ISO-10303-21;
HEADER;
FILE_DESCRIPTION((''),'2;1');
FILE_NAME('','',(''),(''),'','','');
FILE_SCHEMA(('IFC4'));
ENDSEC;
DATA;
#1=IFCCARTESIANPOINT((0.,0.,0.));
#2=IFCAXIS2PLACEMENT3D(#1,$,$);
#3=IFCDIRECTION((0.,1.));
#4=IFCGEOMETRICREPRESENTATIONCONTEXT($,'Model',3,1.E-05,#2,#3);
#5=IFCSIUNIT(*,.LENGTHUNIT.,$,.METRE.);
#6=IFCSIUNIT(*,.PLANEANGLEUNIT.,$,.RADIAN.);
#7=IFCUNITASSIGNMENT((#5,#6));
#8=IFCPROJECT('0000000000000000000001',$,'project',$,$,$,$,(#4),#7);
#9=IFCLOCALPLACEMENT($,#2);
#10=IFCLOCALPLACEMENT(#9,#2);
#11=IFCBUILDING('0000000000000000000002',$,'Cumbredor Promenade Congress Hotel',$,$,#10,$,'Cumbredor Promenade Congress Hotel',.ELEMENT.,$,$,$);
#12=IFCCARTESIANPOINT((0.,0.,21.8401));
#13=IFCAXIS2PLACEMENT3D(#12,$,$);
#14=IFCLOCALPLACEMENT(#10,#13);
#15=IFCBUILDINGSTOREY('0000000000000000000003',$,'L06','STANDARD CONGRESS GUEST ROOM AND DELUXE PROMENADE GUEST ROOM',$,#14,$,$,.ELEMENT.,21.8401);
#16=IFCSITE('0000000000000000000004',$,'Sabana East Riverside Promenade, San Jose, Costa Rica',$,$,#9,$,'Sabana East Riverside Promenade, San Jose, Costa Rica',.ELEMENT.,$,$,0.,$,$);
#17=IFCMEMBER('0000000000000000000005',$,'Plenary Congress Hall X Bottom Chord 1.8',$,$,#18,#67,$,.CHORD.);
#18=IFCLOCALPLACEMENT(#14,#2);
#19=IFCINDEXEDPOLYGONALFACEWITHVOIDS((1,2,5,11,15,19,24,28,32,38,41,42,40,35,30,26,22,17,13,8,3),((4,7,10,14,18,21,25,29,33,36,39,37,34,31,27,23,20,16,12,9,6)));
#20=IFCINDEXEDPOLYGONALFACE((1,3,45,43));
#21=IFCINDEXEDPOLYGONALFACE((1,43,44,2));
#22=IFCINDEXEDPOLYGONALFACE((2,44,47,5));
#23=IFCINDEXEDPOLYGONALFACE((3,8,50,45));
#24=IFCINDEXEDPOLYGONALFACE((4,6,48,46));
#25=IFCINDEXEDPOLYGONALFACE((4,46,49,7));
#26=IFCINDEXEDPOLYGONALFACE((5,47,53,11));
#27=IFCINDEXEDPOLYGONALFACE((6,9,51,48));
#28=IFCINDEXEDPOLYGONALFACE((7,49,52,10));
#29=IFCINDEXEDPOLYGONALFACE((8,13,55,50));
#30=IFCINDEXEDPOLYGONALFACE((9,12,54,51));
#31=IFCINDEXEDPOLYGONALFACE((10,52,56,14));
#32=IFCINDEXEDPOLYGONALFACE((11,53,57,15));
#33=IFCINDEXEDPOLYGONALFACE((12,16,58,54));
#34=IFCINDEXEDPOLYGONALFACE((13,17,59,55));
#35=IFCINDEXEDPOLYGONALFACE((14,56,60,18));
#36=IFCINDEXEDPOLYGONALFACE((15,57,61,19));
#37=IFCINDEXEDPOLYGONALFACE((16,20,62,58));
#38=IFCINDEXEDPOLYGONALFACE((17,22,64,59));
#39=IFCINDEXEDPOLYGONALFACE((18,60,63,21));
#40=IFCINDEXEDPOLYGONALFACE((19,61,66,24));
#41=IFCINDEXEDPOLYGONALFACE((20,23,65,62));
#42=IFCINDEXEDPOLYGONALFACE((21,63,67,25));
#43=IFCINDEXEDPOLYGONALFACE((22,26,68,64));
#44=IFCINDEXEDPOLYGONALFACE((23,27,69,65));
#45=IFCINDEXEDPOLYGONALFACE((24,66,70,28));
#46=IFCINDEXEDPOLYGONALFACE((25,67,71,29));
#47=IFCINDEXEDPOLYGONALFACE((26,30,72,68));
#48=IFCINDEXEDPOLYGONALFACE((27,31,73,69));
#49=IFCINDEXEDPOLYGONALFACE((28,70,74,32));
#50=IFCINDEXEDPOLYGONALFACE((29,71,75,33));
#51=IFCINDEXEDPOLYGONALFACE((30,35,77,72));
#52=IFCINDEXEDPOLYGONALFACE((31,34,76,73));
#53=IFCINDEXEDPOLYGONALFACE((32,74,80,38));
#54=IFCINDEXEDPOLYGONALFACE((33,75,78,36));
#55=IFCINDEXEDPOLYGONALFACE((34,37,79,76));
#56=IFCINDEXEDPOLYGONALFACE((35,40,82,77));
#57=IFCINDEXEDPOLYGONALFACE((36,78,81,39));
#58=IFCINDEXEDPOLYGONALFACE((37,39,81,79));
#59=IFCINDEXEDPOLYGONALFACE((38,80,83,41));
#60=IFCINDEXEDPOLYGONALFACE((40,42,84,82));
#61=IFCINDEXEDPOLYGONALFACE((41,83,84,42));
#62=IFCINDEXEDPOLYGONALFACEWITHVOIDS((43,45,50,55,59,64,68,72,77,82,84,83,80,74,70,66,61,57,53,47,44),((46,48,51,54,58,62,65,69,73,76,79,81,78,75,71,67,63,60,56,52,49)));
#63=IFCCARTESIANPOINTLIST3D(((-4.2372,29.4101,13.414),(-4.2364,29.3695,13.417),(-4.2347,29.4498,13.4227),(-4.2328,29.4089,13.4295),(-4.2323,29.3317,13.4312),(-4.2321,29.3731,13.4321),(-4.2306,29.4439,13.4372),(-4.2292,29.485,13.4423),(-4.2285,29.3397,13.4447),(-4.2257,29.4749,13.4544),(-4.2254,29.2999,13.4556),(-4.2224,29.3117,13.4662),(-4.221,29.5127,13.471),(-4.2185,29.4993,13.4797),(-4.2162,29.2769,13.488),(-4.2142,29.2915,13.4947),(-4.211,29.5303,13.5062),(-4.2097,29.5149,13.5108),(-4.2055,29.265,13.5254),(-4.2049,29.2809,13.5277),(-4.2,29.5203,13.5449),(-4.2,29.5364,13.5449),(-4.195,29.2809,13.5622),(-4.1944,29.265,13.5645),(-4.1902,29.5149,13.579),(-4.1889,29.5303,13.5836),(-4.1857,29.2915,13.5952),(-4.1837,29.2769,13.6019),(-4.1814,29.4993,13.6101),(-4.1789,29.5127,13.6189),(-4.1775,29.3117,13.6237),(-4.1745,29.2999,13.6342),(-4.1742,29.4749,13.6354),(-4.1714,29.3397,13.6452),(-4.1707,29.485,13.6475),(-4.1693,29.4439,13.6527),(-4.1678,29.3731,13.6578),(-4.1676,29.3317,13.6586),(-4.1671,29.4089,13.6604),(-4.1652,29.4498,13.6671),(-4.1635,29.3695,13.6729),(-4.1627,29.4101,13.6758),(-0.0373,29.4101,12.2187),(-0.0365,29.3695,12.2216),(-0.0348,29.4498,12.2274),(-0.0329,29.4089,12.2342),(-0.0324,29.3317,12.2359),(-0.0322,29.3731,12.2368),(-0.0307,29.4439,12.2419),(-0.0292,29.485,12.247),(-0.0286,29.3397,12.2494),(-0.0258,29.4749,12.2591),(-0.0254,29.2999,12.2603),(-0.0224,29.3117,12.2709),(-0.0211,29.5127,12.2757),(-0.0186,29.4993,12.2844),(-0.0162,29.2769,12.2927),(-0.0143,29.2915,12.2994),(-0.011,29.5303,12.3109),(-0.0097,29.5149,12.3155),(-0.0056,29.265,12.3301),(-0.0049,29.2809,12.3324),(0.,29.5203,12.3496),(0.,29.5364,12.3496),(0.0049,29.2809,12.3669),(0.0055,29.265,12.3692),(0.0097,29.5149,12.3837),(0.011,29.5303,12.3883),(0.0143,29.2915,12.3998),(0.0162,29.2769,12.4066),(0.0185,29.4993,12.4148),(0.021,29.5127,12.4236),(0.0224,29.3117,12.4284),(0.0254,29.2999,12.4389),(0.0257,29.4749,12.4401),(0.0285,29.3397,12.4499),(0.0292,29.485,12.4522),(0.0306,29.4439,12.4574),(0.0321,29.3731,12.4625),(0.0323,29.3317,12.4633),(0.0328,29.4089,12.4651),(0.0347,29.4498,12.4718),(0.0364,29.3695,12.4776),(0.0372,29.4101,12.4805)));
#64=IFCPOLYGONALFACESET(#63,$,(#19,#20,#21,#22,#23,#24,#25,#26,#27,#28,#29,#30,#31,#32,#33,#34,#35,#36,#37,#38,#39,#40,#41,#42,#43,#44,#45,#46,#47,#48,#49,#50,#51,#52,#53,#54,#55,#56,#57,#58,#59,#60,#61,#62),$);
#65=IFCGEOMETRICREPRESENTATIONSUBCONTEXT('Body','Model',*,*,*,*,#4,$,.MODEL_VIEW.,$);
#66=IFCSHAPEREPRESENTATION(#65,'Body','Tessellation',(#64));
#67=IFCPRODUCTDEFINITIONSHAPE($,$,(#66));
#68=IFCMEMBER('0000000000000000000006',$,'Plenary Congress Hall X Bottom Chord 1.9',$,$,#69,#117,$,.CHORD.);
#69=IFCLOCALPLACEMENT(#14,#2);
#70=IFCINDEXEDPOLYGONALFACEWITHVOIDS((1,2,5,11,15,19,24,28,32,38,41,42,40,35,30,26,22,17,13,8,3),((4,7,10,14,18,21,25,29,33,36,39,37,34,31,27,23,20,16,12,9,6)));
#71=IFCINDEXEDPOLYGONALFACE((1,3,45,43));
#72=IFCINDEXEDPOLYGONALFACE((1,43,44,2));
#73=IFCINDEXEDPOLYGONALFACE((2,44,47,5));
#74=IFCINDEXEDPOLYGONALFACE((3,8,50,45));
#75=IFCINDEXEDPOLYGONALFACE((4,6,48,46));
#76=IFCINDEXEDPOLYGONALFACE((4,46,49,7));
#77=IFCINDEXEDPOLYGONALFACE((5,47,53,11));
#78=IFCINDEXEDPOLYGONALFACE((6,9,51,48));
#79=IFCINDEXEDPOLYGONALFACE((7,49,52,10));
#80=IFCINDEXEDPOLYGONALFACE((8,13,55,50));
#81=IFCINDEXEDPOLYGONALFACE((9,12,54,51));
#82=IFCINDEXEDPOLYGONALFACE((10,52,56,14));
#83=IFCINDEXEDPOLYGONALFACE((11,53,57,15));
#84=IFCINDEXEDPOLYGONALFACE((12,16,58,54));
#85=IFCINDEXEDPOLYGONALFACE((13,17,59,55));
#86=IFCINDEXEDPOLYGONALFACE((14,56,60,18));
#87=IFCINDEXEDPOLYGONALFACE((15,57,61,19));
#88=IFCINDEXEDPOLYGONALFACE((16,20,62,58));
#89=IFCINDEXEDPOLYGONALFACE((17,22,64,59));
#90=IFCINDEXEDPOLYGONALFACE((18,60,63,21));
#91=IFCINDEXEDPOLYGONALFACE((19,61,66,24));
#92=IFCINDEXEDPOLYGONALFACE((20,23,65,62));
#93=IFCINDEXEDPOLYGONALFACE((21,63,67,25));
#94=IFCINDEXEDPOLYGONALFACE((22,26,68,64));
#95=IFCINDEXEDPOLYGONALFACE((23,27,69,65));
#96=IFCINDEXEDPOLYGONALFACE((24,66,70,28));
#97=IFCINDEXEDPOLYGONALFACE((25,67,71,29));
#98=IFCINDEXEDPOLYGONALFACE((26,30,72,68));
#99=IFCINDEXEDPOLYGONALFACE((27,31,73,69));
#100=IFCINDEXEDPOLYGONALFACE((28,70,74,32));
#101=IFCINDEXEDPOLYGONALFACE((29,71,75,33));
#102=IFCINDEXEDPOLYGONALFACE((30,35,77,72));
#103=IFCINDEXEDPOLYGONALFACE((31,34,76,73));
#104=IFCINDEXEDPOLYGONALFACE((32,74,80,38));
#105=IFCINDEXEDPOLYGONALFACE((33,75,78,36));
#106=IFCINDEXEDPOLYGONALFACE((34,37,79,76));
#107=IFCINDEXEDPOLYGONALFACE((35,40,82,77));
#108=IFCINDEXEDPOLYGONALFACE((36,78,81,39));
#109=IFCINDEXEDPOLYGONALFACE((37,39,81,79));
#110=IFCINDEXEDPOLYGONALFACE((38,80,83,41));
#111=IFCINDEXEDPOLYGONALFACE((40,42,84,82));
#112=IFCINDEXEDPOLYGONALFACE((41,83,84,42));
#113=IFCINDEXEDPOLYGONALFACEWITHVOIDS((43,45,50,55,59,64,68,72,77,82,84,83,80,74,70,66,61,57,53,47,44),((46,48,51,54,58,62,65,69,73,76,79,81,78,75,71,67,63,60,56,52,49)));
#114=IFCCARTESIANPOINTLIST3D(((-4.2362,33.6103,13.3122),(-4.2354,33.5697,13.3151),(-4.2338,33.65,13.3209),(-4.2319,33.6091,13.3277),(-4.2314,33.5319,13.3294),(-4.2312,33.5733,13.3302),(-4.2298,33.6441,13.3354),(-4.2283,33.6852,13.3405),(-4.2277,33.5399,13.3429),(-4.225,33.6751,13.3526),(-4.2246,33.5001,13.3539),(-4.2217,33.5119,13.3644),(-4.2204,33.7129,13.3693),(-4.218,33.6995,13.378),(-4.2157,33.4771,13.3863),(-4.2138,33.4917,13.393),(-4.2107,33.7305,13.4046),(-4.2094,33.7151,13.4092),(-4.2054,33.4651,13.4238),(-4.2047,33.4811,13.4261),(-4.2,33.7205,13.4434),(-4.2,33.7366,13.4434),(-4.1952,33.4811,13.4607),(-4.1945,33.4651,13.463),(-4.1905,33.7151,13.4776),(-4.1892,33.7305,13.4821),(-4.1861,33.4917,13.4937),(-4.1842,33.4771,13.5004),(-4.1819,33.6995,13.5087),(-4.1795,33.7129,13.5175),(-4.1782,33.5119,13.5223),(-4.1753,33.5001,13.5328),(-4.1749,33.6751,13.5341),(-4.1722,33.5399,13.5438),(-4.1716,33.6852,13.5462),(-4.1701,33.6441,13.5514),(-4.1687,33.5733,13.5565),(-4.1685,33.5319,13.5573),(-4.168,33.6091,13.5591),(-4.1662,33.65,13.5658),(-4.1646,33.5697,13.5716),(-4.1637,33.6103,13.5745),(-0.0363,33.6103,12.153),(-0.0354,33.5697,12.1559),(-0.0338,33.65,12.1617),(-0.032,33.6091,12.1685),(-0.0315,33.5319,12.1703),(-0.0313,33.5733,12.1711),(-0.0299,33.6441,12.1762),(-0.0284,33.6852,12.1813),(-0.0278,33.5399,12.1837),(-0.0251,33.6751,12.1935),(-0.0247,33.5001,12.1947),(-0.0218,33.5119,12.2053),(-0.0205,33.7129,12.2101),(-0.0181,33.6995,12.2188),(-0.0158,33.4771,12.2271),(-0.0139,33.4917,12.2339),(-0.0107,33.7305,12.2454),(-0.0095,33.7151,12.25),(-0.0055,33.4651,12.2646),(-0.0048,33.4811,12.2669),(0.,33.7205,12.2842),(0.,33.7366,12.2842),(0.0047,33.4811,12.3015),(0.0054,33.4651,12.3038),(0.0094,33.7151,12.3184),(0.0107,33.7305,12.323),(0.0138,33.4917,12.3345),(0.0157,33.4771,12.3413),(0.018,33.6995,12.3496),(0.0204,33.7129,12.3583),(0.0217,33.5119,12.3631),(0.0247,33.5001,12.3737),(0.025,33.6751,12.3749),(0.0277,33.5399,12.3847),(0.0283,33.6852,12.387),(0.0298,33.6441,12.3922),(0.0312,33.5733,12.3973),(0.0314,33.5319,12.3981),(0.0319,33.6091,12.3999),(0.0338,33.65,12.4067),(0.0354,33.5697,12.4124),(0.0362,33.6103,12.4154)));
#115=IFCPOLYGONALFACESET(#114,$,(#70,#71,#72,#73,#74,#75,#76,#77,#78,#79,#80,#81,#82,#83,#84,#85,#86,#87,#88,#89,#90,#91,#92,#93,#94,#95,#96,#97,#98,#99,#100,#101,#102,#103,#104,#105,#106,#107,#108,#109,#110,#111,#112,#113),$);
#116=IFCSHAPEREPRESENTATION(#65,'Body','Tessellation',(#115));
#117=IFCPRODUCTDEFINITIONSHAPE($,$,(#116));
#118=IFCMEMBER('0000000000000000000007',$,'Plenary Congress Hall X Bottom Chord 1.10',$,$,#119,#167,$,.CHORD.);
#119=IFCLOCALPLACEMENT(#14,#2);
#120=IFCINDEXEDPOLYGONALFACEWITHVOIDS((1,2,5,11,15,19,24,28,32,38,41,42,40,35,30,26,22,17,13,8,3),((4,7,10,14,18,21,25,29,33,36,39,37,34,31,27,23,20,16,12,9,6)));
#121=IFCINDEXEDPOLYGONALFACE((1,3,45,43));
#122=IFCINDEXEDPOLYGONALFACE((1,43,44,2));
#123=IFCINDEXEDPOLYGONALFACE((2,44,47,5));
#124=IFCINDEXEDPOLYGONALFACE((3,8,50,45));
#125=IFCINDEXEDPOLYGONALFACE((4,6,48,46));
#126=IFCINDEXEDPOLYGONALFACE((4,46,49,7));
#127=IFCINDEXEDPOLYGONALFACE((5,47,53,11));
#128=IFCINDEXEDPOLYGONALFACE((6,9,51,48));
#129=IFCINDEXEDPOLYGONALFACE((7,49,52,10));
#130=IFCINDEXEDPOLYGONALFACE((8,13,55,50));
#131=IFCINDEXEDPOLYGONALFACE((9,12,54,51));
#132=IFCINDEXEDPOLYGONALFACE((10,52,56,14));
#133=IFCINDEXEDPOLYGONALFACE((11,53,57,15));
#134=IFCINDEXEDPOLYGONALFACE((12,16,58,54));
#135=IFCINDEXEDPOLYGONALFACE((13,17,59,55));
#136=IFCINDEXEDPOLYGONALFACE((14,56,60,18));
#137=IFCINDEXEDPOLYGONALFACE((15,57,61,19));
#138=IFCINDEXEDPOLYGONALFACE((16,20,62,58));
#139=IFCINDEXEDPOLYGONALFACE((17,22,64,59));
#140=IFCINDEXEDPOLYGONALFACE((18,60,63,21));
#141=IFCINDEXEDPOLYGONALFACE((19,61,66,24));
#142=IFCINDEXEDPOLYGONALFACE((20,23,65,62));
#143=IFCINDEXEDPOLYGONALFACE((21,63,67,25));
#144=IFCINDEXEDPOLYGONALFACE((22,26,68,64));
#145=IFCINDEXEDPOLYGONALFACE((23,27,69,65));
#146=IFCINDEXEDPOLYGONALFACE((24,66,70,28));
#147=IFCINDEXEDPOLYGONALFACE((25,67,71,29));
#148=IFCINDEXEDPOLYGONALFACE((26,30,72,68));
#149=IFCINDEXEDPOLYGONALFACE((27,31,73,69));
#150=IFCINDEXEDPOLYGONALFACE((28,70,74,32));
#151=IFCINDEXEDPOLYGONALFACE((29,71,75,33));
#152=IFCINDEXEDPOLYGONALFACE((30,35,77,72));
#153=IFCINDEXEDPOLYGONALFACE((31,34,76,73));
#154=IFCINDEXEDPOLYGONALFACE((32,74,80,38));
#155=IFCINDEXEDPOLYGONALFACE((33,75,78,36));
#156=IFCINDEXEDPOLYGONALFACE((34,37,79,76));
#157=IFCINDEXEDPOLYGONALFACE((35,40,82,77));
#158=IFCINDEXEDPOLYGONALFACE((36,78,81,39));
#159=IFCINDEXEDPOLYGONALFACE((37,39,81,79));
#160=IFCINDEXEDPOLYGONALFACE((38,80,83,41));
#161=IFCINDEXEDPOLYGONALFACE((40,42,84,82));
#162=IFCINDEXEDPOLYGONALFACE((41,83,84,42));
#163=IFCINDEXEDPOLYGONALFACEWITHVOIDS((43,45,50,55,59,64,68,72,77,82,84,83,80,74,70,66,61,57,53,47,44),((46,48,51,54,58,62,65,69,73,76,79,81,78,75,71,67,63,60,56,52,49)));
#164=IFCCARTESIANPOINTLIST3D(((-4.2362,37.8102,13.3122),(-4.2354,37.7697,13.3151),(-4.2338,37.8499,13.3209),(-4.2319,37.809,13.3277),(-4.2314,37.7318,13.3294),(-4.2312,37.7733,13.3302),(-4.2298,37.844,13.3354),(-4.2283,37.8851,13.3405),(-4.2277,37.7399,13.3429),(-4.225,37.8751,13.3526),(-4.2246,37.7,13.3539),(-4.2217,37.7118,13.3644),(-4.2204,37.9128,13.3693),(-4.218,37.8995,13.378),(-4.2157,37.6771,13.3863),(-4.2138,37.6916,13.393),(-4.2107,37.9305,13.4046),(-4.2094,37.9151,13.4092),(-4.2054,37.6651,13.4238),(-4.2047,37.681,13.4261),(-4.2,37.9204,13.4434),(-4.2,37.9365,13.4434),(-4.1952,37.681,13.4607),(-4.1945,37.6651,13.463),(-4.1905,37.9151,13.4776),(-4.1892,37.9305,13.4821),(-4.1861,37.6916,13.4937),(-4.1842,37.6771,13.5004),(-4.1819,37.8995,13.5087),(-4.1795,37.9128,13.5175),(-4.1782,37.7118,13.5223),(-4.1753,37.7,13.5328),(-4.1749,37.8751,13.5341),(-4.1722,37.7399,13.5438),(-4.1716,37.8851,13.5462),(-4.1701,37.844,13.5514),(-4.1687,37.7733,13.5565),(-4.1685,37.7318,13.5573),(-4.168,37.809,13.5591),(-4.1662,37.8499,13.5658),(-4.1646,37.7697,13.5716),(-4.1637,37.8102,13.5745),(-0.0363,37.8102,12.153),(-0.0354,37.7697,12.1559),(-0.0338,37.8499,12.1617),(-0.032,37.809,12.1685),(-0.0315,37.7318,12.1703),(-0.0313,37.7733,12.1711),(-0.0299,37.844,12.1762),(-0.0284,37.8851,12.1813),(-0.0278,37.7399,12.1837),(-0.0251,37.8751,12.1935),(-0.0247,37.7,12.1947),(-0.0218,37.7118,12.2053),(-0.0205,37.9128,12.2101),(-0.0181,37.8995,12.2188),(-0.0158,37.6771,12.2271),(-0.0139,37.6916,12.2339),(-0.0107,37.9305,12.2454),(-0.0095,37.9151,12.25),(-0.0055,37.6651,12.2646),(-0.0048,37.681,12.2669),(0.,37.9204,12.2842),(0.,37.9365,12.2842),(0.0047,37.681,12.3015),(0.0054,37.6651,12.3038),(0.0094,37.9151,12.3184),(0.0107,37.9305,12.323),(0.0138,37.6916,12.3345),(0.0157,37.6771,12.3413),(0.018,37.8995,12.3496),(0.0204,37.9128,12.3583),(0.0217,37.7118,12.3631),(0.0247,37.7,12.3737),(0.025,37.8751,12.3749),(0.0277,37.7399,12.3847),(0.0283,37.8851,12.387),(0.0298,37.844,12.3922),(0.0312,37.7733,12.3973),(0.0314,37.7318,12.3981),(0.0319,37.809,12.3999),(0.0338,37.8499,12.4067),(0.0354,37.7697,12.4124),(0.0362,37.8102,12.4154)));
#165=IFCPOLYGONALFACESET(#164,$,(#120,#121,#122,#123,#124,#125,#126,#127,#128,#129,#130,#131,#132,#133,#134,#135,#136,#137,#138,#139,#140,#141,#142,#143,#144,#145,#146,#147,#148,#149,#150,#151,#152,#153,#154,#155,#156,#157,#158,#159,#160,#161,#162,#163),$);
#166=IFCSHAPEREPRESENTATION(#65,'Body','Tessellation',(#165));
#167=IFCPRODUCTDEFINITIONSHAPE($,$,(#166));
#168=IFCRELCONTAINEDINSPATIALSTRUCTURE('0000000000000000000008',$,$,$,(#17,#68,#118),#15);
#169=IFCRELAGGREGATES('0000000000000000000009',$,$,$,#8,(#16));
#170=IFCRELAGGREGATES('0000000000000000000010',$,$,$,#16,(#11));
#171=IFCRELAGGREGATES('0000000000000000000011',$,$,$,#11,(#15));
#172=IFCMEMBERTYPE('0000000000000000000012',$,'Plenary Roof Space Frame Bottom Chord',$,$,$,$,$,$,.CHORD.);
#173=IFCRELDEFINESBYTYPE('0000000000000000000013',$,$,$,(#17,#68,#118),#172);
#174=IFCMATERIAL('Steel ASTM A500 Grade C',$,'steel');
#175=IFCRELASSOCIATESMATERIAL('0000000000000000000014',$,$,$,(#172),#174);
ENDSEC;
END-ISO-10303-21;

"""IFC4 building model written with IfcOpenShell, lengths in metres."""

from ifc_helpers import new_model, si_unit, direction, frame, origin, origin_2d, place, context, subcontext, project, spatial, hollow_circle, extrude, material, material_profile, profile_set, type_object, element, save


model = new_model("IFC4")

# Units and contexts
model_context = context("Model", 3, precision=1e-05, world=origin(), true_north=direction((0.0, 1.0)))
body_context = subcontext(model_context, "Body", "Model", "MODEL_VIEW")
ifc_project = project(units=[si_unit("LENGTHUNIT", "METRE"), si_unit("PLANEANGLEUNIT", "RADIAN")], contexts=[model_context])

# Site, building, storey
site_placement = place(None, origin())
site = spatial("IfcSite", under=ifc_project, at=site_placement, Name="Sabana East Riverside Promenade, San Jose, Costa Rica", LongName="Sabana East Riverside Promenade, San Jose, Costa Rica", CompositionType="ELEMENT", RefElevation=0.0)
building_placement = place(site_placement, origin())
building = spatial("IfcBuilding", under=site, at=building_placement, Name="Cumbredor Promenade Congress Hotel", LongName="Cumbredor Promenade Congress Hotel", CompositionType="ELEMENT")
storey_placement = place(building_placement, frame((0.0, 0.0, 21.8401)))
storey = spatial("IfcBuildingStorey", under=building, at=storey_placement, Name="L06", Description="STANDARD CONGRESS GUEST ROOM AND DELUXE PROMENADE GUEST ROOM", CompositionType="ELEMENT", Elevation=21.8401)

# Members
ifc_material_1 = material(Name="Steel ASTM A500 Grade C", Category="steel")
ifc_material_profile_1 = material_profile(ifc_material_1, hollow_circle(Radius=0.1365, WallThickness=0.0161, at=origin_2d()), Name="CHS 273.0x16")
ifc_profile_set_1 = profile_set([ifc_material_profile_1], Name="Steel ASTM A500 Grade C")
member_type_1 = type_object("IfcMemberType", Name="Plenary Roof Space Frame Bottom Chord", PredefinedType="CHORD", material=ifc_profile_set_1)
member_1_placement = place(storey_placement, frame((-4.2, 29.3999, 13.5449), z_axis=(0.961806, 0.0, -0.273731), x_axis=(0.0, 1.0, 0.0)))
element("IfcMember", 1, at=member_1_placement, inside=storey, type_object=member_type_1, Name="Plenary Congress Hall X Bottom Chord 1.8", PredefinedType="CHORD", context=body_context, shape_type="SweptSolid", body=[
    extrude(hollow_circle(Radius=0.1365, WallThickness=0.0161, at=origin_2d()), origin(), (0.0, 0.0, 1.0), 4.3667),
])
for number, where, z_axis, x_axis, name in (
    (2, (-4.2, 33.6001, 13.4434), (0.963959, 0.0, -0.266051), (0.0, 1.0, 0.0), "Plenary Congress Hall X Bottom Chord 1.9"),
    (3, (-4.2, 37.8, 13.4434), (0.963959, 0.0, -0.266051), (0.0, 1.0, 0.0), "Plenary Congress Hall X Bottom Chord 1.10"),
):
    element("IfcMember", number, at=place(storey_placement, frame(where, z_axis=z_axis, x_axis=x_axis)), inside=storey, type_object=member_type_1, Name=name, PredefinedType="CHORD", context=body_context, shape_type="SweptSolid", body=[
        extrude(hollow_circle(Radius=0.1365, WallThickness=0.0161, at=origin_2d()), origin(), (0.0, 0.0, 1.0), 4.3569),
    ])

save(model, "model.ifc")
